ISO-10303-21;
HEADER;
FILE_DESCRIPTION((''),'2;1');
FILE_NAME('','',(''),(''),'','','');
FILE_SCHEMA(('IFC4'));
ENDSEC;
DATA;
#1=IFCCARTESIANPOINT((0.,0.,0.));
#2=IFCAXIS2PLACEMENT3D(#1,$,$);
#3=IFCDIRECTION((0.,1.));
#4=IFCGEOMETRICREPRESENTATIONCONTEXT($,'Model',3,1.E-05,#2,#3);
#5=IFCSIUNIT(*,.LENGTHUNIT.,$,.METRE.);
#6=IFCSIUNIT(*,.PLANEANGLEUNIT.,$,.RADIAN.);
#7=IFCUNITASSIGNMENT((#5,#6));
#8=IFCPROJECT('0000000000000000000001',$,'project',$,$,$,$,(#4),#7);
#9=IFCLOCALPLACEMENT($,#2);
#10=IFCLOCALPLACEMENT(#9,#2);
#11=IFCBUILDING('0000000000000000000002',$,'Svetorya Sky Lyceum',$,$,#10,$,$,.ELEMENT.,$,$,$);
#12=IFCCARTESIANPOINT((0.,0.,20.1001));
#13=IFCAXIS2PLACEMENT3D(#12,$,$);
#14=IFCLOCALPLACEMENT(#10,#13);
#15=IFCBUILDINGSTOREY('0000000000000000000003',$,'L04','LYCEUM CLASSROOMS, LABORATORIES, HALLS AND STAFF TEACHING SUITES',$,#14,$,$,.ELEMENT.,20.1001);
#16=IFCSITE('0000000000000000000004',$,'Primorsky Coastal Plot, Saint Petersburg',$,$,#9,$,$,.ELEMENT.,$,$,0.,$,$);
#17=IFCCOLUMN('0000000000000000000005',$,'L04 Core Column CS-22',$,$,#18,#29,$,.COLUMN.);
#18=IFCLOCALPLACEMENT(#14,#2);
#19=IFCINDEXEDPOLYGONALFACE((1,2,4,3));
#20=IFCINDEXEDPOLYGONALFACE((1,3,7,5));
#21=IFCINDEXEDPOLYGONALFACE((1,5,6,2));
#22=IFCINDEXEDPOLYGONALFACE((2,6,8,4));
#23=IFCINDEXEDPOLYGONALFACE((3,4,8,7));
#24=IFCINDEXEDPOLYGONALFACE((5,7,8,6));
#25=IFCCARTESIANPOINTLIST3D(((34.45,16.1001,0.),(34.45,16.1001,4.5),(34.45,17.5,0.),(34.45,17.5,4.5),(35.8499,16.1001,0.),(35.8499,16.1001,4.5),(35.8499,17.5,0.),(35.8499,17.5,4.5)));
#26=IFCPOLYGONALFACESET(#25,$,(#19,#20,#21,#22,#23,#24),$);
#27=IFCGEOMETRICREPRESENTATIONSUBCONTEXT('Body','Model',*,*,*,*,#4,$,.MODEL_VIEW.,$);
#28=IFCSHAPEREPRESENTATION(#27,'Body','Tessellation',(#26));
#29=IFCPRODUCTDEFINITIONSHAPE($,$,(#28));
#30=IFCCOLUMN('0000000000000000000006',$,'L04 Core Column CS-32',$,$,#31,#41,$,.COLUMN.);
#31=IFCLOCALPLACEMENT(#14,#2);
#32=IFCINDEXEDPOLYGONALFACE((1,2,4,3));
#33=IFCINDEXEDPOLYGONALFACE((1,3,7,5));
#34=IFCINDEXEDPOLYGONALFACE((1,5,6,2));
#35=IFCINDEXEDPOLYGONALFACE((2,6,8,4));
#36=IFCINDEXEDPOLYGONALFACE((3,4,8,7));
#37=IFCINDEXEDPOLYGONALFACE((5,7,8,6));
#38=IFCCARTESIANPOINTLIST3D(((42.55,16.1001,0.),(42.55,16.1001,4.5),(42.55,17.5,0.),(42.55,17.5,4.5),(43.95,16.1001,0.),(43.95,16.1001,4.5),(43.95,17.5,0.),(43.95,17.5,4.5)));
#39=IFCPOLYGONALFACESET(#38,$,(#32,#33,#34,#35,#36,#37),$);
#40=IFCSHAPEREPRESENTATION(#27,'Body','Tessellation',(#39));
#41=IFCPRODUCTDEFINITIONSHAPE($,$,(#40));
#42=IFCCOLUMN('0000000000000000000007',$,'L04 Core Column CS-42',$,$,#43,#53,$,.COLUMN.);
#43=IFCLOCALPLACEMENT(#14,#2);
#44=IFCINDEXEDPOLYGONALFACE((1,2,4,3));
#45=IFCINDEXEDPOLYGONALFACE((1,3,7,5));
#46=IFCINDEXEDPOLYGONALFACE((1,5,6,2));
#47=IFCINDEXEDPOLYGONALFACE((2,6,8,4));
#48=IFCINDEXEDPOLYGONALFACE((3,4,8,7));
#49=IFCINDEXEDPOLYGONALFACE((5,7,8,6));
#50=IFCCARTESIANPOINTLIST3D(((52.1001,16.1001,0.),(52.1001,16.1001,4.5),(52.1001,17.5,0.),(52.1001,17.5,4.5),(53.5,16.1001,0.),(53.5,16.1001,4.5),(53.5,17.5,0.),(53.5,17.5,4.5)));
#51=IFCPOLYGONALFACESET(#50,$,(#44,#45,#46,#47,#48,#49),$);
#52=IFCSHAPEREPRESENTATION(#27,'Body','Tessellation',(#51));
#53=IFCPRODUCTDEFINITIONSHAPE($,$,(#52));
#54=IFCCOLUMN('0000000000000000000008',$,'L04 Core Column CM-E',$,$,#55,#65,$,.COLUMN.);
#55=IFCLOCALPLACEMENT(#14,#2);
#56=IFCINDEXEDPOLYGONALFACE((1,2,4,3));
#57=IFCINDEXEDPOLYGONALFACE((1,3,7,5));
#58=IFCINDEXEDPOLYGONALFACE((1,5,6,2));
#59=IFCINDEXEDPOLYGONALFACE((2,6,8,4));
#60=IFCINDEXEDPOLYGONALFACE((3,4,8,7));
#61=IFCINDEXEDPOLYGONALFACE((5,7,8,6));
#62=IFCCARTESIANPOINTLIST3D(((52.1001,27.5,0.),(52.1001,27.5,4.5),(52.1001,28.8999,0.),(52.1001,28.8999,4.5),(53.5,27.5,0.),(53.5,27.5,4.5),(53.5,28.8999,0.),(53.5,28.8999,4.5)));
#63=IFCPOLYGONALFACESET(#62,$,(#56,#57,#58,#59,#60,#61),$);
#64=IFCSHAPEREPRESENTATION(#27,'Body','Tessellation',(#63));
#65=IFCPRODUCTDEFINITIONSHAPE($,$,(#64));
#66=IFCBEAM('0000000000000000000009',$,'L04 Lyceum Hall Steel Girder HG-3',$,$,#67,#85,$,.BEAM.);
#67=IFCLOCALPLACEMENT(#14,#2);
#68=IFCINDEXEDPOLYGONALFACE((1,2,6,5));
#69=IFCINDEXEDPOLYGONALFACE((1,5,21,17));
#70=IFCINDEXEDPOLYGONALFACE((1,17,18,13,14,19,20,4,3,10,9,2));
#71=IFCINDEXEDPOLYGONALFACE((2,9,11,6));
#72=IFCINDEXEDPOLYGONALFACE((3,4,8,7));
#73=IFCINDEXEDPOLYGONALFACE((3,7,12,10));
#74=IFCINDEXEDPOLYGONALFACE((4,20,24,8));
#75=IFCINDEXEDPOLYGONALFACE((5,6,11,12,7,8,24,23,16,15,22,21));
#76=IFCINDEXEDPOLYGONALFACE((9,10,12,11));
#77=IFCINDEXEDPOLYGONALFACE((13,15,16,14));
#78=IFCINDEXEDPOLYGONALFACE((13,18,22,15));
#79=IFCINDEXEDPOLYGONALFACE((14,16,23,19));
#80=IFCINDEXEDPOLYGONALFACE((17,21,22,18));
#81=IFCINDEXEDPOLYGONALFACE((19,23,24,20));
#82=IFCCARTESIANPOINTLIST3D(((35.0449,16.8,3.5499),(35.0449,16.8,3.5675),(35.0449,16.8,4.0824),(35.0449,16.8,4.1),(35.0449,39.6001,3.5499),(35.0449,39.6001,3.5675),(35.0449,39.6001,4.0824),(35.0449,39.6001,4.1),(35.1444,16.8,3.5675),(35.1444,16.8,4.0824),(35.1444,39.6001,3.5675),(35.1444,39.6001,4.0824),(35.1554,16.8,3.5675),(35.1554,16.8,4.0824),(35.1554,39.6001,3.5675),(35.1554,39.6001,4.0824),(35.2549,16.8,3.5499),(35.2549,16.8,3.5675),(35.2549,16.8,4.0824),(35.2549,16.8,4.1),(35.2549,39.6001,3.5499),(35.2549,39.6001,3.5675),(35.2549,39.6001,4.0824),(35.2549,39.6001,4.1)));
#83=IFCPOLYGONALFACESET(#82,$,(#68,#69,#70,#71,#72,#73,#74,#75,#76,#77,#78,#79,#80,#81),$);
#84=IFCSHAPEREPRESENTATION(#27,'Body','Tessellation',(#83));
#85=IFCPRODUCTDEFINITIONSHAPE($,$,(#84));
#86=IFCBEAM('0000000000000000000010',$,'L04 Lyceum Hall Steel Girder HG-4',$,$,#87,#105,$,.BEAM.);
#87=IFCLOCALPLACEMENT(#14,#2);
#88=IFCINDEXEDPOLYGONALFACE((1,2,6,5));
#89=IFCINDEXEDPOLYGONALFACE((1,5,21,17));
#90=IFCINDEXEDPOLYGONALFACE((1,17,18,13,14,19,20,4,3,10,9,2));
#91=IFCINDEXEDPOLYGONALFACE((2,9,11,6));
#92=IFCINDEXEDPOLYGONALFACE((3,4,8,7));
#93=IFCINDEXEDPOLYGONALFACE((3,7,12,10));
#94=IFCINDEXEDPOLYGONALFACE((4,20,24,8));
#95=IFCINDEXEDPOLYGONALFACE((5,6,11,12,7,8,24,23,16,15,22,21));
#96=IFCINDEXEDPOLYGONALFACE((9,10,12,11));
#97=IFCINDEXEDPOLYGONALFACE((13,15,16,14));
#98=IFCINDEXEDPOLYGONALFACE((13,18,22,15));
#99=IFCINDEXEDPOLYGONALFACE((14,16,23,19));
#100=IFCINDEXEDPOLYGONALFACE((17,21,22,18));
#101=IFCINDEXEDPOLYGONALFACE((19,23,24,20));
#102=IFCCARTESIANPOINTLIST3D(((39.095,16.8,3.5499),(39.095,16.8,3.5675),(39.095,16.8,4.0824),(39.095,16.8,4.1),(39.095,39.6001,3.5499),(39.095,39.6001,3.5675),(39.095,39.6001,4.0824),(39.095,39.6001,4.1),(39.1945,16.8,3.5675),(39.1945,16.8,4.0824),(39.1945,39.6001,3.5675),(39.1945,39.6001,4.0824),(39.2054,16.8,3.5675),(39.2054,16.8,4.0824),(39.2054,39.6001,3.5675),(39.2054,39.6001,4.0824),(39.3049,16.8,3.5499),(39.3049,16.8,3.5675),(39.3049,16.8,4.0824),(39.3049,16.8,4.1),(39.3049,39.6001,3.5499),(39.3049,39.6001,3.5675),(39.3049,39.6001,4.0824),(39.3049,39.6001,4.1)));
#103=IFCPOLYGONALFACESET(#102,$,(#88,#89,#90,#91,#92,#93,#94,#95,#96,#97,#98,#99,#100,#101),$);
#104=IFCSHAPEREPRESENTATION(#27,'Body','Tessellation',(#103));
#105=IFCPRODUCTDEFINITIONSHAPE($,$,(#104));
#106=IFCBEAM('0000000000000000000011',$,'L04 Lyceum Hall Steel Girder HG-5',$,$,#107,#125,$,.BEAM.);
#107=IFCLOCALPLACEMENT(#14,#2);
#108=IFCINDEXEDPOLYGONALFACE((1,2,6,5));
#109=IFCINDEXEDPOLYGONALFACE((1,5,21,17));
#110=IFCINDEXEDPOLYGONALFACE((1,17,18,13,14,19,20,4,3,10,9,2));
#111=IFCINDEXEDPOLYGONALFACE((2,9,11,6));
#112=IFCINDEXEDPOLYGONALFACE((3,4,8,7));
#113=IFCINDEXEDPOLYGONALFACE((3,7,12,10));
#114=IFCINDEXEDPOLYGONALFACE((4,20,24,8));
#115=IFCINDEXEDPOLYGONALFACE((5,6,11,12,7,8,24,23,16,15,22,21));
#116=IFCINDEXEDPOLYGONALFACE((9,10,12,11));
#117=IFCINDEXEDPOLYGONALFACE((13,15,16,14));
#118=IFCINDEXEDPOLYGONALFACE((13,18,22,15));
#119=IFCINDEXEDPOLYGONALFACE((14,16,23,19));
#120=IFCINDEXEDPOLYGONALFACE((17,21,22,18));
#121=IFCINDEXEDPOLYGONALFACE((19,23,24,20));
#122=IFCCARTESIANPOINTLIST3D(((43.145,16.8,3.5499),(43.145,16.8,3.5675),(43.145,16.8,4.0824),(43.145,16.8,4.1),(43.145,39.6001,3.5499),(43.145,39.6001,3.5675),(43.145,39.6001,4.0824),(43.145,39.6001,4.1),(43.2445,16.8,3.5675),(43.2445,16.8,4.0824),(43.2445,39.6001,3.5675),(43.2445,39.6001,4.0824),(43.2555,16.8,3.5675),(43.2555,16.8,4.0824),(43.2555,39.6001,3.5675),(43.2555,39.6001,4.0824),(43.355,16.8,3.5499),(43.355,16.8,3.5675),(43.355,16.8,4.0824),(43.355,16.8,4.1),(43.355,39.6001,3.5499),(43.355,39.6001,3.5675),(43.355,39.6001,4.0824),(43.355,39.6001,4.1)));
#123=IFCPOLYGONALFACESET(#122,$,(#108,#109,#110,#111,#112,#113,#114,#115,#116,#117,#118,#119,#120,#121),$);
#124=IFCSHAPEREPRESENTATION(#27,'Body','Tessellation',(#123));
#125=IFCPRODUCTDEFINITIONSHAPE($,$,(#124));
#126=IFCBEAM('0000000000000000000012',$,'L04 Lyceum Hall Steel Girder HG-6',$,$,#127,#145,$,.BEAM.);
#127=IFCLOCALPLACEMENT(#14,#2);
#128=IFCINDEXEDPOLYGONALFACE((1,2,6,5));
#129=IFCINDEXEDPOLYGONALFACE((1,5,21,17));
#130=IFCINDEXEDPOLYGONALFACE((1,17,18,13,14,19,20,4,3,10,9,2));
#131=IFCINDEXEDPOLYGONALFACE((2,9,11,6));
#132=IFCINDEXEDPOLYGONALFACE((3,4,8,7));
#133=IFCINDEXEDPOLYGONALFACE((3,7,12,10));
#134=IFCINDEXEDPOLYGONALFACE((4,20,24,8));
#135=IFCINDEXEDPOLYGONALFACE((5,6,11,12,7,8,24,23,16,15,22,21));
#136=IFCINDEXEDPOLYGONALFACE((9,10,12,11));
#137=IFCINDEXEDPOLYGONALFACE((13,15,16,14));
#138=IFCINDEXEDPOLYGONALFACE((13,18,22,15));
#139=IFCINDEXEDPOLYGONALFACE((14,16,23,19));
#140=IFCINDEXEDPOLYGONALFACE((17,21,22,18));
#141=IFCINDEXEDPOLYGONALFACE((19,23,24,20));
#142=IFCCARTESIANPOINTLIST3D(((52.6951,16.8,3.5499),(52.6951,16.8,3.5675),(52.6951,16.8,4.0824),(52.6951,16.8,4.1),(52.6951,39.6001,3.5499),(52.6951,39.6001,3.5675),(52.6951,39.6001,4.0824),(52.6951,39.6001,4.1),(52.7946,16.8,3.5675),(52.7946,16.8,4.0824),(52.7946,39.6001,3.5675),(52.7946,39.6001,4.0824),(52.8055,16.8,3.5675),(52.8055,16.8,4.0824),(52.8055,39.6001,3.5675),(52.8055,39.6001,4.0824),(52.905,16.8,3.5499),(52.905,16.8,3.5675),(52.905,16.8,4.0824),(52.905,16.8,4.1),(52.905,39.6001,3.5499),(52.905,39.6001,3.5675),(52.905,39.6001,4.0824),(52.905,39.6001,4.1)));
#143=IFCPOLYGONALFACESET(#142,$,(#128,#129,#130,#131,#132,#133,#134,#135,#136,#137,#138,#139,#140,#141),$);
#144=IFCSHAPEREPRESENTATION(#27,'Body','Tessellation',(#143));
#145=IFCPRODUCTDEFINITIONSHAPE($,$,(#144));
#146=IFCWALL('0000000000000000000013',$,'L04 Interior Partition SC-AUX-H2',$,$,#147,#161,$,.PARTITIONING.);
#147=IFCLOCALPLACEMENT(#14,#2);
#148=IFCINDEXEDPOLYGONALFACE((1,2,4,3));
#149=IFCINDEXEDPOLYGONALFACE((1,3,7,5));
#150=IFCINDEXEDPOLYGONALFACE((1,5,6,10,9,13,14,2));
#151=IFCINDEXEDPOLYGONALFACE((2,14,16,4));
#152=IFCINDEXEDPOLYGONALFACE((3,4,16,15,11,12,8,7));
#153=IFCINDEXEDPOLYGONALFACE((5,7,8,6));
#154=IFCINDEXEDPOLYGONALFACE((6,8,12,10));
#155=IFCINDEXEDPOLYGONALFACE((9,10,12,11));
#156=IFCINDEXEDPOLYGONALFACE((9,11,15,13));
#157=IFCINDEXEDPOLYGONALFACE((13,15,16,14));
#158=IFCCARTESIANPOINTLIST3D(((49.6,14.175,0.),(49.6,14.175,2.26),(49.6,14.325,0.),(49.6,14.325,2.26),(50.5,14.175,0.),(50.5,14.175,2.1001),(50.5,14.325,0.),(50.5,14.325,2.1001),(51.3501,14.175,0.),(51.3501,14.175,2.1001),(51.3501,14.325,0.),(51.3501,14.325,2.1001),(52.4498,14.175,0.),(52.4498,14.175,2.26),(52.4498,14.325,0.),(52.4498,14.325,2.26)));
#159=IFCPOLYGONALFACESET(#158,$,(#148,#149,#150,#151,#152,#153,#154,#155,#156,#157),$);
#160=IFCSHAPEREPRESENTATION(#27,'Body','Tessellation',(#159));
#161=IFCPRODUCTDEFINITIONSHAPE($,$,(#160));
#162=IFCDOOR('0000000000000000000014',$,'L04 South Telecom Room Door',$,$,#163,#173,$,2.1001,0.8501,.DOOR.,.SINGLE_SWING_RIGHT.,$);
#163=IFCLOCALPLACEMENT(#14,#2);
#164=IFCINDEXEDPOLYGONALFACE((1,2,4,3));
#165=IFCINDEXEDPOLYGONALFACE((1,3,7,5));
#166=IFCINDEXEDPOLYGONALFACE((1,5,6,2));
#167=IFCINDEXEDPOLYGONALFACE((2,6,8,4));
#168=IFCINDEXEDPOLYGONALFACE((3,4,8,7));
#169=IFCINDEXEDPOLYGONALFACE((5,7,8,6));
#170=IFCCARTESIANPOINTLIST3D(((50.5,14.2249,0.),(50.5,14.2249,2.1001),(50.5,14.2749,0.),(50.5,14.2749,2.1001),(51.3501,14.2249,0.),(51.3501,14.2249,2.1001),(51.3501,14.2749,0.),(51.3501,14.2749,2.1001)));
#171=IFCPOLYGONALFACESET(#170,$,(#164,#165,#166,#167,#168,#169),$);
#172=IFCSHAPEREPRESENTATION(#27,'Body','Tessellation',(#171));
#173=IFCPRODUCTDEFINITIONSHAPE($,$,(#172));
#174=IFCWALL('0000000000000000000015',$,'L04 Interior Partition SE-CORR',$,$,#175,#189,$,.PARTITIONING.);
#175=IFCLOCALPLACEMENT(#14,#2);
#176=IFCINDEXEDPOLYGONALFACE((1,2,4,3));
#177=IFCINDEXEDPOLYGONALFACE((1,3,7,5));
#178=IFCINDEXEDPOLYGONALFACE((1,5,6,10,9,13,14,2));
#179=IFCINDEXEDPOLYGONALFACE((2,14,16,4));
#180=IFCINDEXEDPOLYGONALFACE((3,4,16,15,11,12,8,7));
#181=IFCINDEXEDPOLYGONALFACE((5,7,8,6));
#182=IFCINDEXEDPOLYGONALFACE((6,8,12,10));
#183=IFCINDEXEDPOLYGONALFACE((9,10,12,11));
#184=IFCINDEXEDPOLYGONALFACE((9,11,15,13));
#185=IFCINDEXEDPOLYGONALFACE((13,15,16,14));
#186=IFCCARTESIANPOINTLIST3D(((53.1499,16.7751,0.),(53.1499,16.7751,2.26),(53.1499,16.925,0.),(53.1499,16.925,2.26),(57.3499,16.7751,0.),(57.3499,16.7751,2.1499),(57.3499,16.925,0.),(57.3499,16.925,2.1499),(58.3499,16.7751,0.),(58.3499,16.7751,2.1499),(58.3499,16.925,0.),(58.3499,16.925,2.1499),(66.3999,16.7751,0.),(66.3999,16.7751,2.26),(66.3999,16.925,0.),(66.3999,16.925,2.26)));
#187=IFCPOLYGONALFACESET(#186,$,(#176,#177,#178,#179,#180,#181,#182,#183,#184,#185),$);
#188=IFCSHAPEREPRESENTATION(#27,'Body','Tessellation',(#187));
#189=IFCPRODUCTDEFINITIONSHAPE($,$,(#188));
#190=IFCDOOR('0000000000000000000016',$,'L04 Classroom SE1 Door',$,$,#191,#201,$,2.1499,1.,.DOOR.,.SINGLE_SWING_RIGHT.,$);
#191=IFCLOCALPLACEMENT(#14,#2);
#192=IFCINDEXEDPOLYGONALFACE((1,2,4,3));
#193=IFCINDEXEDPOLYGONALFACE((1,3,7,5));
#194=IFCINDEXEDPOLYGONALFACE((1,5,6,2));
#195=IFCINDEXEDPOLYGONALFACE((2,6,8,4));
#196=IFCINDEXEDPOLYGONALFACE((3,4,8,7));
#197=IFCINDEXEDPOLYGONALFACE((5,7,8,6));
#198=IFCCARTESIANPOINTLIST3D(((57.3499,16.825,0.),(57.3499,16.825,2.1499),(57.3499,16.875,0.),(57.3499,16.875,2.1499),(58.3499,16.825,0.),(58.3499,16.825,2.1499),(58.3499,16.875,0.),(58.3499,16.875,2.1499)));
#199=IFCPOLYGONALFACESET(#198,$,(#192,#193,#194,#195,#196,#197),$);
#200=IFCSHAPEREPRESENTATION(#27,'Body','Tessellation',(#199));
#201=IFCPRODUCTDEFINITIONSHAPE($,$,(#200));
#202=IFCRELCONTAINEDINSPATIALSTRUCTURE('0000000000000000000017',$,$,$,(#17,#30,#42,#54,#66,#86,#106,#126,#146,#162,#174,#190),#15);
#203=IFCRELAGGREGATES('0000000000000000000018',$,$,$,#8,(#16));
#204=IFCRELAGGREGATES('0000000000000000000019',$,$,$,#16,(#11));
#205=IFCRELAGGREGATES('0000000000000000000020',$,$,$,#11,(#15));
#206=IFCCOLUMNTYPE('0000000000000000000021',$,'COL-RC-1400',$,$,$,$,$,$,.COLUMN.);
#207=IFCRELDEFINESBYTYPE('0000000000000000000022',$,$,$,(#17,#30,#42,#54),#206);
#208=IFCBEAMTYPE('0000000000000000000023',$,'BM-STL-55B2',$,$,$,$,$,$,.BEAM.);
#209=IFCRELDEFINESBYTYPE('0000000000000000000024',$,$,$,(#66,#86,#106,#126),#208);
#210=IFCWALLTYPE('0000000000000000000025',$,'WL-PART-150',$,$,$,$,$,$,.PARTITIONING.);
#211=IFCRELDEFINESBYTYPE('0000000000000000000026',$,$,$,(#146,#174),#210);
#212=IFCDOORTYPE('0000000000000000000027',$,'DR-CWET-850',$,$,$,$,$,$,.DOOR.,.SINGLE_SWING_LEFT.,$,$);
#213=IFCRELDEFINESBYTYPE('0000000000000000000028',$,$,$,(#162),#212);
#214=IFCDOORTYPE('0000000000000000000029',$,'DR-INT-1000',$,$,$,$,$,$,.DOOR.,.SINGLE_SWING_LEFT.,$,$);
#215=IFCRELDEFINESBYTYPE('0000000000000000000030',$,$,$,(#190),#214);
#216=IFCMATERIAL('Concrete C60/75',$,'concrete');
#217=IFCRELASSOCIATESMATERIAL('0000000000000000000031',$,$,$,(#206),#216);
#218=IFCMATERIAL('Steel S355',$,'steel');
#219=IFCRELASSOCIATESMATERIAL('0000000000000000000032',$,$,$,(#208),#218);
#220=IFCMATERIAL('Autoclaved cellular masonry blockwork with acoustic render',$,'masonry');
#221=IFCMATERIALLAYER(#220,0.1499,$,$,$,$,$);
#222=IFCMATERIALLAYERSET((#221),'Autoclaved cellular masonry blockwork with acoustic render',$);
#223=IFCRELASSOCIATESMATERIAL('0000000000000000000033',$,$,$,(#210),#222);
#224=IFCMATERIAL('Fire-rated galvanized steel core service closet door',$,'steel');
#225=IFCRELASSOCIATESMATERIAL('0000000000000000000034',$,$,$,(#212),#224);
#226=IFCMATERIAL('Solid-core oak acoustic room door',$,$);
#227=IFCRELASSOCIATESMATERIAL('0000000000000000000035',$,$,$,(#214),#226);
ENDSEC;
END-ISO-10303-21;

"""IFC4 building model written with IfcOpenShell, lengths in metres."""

from ifc_helpers import new_model, si_unit, direction, frame, frame_2d, origin, origin_2d, place, context, subcontext, project, spatial, rectangle, i_section, extrude, material, layer, layer_set, material_profile, profile_set, type_object, element, fill, save


model = new_model("IFC4")

# Units and contexts
model_context = context("Model", 3, precision=1e-05, world=origin(), true_north=direction((0.0, 1.0)))
body_context = subcontext(model_context, "Body", "Model", "MODEL_VIEW")
ifc_project = project(units=[si_unit("LENGTHUNIT", "METRE"), si_unit("PLANEANGLEUNIT", "RADIAN")], contexts=[model_context])

# Site, building, storey
site_placement = place(None, origin())
site = spatial("IfcSite", under=ifc_project, at=site_placement, Name="Primorsky Coastal Plot, Saint Petersburg", CompositionType="ELEMENT", RefElevation=0.0)
building_placement = place(site_placement, origin())
building = spatial("IfcBuilding", under=site, at=building_placement, Name="Svetorya Sky Lyceum", CompositionType="ELEMENT")
storey_placement = place(building_placement, frame((0.0, 0.0, 20.1001)))
storey = spatial("IfcBuildingStorey", under=building, at=storey_placement, Name="L04", Description="LYCEUM CLASSROOMS, LABORATORIES, HALLS AND STAFF TEACHING SUITES", CompositionType="ELEMENT", Elevation=20.1001)

# Columns
ifc_material_1 = material(Name="Concrete C60/75", Category="concrete")
ifc_material_profile_1 = material_profile(ifc_material_1, rectangle(XDim=1.3999, YDim=1.3999, at=origin_2d()), Name="RC COL 1400x1400")
ifc_profile_set_1 = profile_set([ifc_material_profile_1], Name="Concrete C60/75")
column_type = type_object("IfcColumnType", Name="COL-RC-1400", PredefinedType="COLUMN", material=ifc_profile_set_1)
for number, where, z_axis, x_axis, name in (
    (1, (35.1499, 16.8, 0.0), (0.0, 0.0, 1.0), (1.0, 0.0, 0.0), "L04 Core Column CS-22"),
    (2, (43.25, 16.8, 0.0), (0.0, 0.0, 1.0), (1.0, 0.0, 0.0), "L04 Core Column CS-32"),
    (3, (52.8, 16.8, 0.0), (0.0, 0.0, 1.0), (1.0, 0.0, 0.0), "L04 Core Column CS-42"),
    (4, (52.8, 28.2, 0.0), (0.0, 0.0, 1.0), (1.0, 0.0, 0.0), "L04 Core Column CM-E"),
):
    element("IfcColumn", number, at=place(storey_placement, frame(where, z_axis=z_axis, x_axis=x_axis)), inside=storey, type_object=column_type, Name=name, PredefinedType="COLUMN", context=body_context, shape_type="SweptSolid", body=[
        extrude(rectangle(XDim=1.3999, YDim=1.3999, at=origin_2d()), origin(), (0.0, 0.0, 1.0), 4.5),
    ])

# Beams
ifc_material_2 = material(Name="Steel S355", Category="steel")
ifc_material_profile_2 = material_profile(ifc_material_2, i_section(OverallWidth=0.21, OverallDepth=0.55, WebThickness=0.011, FlangeThickness=0.0176, at=origin_2d()), Name="GOST 55B2")
ifc_profile_set_2 = profile_set([ifc_material_profile_2], Name="Steel S355")
beam_type = type_object("IfcBeamType", Name="BM-STL-55B2", PredefinedType="BEAM", material=ifc_profile_set_2)
for number, where, z_axis, x_axis, name in (
    (5, (35.1499, 16.8, 3.825), (0.0, 1.0, 0.0), (-1.0, 0.0, 0.0), "L04 Lyceum Hall Steel Girder HG-3"),
    (6, (39.2, 16.8, 3.825), (0.0, 1.0, 0.0), (-1.0, 0.0, 0.0), "L04 Lyceum Hall Steel Girder HG-4"),
    (7, (43.25, 16.8, 3.825), (0.0, 1.0, 0.0), (-1.0, 0.0, 0.0), "L04 Lyceum Hall Steel Girder HG-5"),
    (8, (52.8, 16.8, 3.825), (0.0, 1.0, 0.0), (-1.0, 0.0, 0.0), "L04 Lyceum Hall Steel Girder HG-6"),
):
    element("IfcBeam", number, at=place(storey_placement, frame(where, z_axis=z_axis, x_axis=x_axis)), inside=storey, type_object=beam_type, Name=name, PredefinedType="BEAM", context=body_context, shape_type="SweptSolid", body=[
        extrude(i_section(OverallWidth=0.21, OverallDepth=0.55, WebThickness=0.011, FlangeThickness=0.0176, at=origin_2d()), origin(), (0.0, 0.0, 1.0), 22.8),
    ])

# Walls, openings, doors
ifc_material_3 = material(Name="Autoclaved cellular masonry blockwork with acoustic render", Category="masonry")
ifc_layer_1 = layer(ifc_material_3, 0.1499)
ifc_layer_set_1 = layer_set([ifc_layer_1], Name="Autoclaved cellular masonry blockwork with acoustic render")
wall_type_1 = type_object("IfcWallType", Name="WL-PART-150", PredefinedType="PARTITIONING", material=ifc_layer_set_1)
wall_1_placement = place(storey_placement, frame((49.6001, 14.25, 0.0), z_axis=(0.0, 0.0, 1.0), x_axis=(1.0, 0.0, 0.0)))
wall_1 = element("IfcWall", 9, at=wall_1_placement, inside=storey, type_object=wall_type_1, Name="L04 Interior Partition SC-AUX-H2", PredefinedType="PARTITIONING", context=body_context, shape_type="SweptSolid", body=[
    extrude(rectangle(XDim=2.8499, YDim=0.1499, at=frame_2d((1.4248, 0.0))), origin(), (0.0, 0.0, 1.0), 2.26),
])
opening_1_placement = place(wall_1_placement, frame((0.8999, 0.0, 0.0)))
opening_1 = element("IfcOpeningElement", 10, at=opening_1_placement, cuts=wall_1, PredefinedType="OPENING", context=body_context, shape_type="SweptSolid", body=[
    extrude(rectangle(XDim=0.8501, YDim=2.1001, at=frame_2d((0.425, 1.05))), frame((0.0, 0.085, 0.0), z_axis=(0.0, -1.0, 0.0), x_axis=(1.0, 0.0, 0.0)), (0.0, 0.0, 1.0), 0.1699),
])
ifc_material_4 = material(Name="Fire-rated galvanized steel core service closet door", Category="steel")
door_type_1 = type_object("IfcDoorType", Name="DR-CWET-850", OperationType="SINGLE_SWING_LEFT", PredefinedType="DOOR", material=ifc_material_4)
door_1_placement = place(opening_1_placement, origin())
door_1 = element("IfcDoor", 11, at=door_1_placement, inside=storey, type_object=door_type_1, Name="L04 South Telecom Room Door", OperationType="SINGLE_SWING_RIGHT", OverallHeight=2.1001, OverallWidth=0.8501, PredefinedType="DOOR", context=body_context, shape_type="SweptSolid", body=[
    extrude(rectangle(XDim=0.8501, YDim=2.1001, at=frame_2d((0.425, 1.05))), frame((0.0, 0.0249, 0.0), z_axis=(0.0, -1.0, 0.0), x_axis=(1.0, 0.0, 0.0)), (0.0, 0.0, 1.0), 0.05),
])
fill(opening_1, door_1)
wall_2_placement = place(storey_placement, frame((53.1499, 16.8501, 0.0), z_axis=(0.0, 0.0, 1.0), x_axis=(1.0, 0.0, 0.0)))
wall_2 = element("IfcWall", 12, at=wall_2_placement, inside=storey, type_object=wall_type_1, Name="L04 Interior Partition SE-CORR", PredefinedType="PARTITIONING", context=body_context, shape_type="SweptSolid", body=[
    extrude(rectangle(XDim=13.25, YDim=0.1499, at=frame_2d((6.625, 0.0))), origin(), (0.0, 0.0, 1.0), 2.26),
])
opening_2_placement = place(wall_2_placement, frame((4.2, 0.0, 0.0)))
opening_2 = element("IfcOpeningElement", 13, at=opening_2_placement, cuts=wall_2, PredefinedType="OPENING", context=body_context, shape_type="SweptSolid", body=[
    extrude(rectangle(XDim=1.0, YDim=2.1499, at=frame_2d((0.5, 1.075))), frame((0.0, 0.085, 0.0), z_axis=(0.0, -1.0, 0.0), x_axis=(1.0, 0.0, 0.0)), (0.0, 0.0, 1.0), 0.1699),
])
ifc_material_5 = material(Name="Solid-core oak acoustic room door")
door_type_2 = type_object("IfcDoorType", Name="DR-INT-1000", OperationType="SINGLE_SWING_LEFT", PredefinedType="DOOR", material=ifc_material_5)
door_2_placement = place(opening_2_placement, origin())
door_2 = element("IfcDoor", 14, at=door_2_placement, inside=storey, type_object=door_type_2, Name="L04 Classroom SE1 Door", OperationType="SINGLE_SWING_RIGHT", OverallHeight=2.1499, OverallWidth=1.0, PredefinedType="DOOR", context=body_context, shape_type="SweptSolid", body=[
    extrude(rectangle(XDim=1.0, YDim=2.1499, at=frame_2d((0.5, 1.075))), frame((0.0, 0.0249, 0.0), z_axis=(0.0, -1.0, 0.0), x_axis=(1.0, 0.0, 0.0)), (0.0, 0.0, 1.0), 0.05),
])
fill(opening_2, door_2)

save(model, "model.ifc")
